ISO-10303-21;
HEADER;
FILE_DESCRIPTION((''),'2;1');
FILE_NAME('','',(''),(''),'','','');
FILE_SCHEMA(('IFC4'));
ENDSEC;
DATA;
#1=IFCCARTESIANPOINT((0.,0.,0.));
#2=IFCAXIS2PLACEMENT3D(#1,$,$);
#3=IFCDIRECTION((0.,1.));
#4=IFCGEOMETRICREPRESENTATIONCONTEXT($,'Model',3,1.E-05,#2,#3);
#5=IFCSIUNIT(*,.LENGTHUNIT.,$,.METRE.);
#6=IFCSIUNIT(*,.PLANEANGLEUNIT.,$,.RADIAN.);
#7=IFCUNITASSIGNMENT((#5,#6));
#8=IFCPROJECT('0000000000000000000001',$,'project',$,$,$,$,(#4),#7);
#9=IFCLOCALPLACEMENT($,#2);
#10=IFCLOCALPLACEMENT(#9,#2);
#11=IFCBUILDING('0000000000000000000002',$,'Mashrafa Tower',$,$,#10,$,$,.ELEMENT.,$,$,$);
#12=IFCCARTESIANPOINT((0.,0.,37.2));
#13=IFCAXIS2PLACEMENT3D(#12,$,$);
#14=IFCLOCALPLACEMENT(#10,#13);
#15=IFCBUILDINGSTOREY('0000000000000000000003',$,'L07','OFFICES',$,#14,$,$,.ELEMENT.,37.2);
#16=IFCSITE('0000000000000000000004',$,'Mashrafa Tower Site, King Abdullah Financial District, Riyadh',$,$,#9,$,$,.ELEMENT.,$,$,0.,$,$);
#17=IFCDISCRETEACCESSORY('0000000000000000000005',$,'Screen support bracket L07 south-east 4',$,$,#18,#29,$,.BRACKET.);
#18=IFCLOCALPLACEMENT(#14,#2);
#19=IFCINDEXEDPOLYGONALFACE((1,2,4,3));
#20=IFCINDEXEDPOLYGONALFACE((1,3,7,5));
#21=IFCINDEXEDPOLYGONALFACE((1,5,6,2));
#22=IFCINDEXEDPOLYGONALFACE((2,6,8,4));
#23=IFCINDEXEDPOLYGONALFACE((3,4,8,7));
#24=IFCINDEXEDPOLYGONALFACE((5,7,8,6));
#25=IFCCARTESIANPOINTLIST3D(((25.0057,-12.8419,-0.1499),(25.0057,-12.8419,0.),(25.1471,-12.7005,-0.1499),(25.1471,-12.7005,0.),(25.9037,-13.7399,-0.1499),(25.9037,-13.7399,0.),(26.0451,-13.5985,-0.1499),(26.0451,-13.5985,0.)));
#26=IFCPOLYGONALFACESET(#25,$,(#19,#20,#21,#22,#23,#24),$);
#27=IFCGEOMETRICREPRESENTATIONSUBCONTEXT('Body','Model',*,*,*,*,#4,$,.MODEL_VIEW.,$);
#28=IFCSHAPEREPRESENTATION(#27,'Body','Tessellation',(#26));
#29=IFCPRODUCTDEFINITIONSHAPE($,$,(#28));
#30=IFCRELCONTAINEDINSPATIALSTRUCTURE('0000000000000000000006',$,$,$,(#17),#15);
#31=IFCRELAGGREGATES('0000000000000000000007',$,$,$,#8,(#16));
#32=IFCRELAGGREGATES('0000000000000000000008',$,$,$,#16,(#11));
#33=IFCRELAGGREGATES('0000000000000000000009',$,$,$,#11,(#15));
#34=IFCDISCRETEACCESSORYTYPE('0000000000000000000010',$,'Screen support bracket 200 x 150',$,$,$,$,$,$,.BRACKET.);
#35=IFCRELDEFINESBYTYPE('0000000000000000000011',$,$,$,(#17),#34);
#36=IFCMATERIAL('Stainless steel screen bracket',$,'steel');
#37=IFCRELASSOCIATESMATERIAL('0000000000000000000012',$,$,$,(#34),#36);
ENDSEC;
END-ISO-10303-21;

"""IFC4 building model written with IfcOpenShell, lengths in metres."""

from ifc_helpers import new_model, si_unit, direction, frame, origin, origin_2d, place, context, subcontext, project, spatial, rectangle, extrude, source, transform, mapped, material, type_object, type_shapes, element, save


model = new_model("IFC4")

# Units and contexts
model_context = context("Model", 3, precision=1e-05, world=origin(), true_north=direction((0.0, 1.0)))
body_context = subcontext(model_context, "Body", "Model", "MODEL_VIEW")
ifc_project = project(units=[si_unit("LENGTHUNIT", "METRE"), si_unit("PLANEANGLEUNIT", "RADIAN")], contexts=[model_context])

# Site, building, storey
site_placement = place(None, origin())
site = spatial("IfcSite", under=ifc_project, at=site_placement, Name="Mashrafa Tower Site, King Abdullah Financial District, Riyadh", CompositionType="ELEMENT", RefElevation=0.0)
building_placement = place(site_placement, origin())
building = spatial("IfcBuilding", under=site, at=building_placement, Name="Mashrafa Tower", CompositionType="ELEMENT")
storey_placement = place(building_placement, frame((0.0, 0.0, 37.2)))
storey = spatial("IfcBuildingStorey", under=building, at=storey_placement, Name="L07", Description="OFFICES", CompositionType="ELEMENT", Elevation=37.2)

# Discrete accessory
ifc_material_1 = material(Name="Stainless steel screen bracket", Category="steel")
discrete_accessory_type = type_object("IfcDiscreteAccessoryType", Name="Screen support bracket 200 x 150", PredefinedType="BRACKET", material=ifc_material_1)
shared_shape_1 = source(origin(), body_context, "Body", "SweptSolid", [
    extrude(rectangle(XDim=0.2, YDim=1.27, at=origin_2d()), origin(), (0.0, 0.0, 1.0), 0.1499),
])
type_shapes(discrete_accessory_type, [shared_shape_1])
for number, where, z_axis, x_axis, name in (
    (1, (25.5254, -13.2202, -0.1499), (0.0, 0.0, 1.0), (0.707107, 0.707107, 0.0), "Screen support bracket L07 south-east 4"),
):
    element("IfcDiscreteAccessory", number, at=place(storey_placement, frame(where, z_axis=z_axis, x_axis=x_axis)), inside=storey, type_object=discrete_accessory_type, Name=name, PredefinedType="BRACKET", context=body_context, shape_type="MappedRepresentation", body=[
        mapped(shared_shape_1, transform((0.0, 0.0, 0.0))),
    ])

save(model, "model.ifc")
